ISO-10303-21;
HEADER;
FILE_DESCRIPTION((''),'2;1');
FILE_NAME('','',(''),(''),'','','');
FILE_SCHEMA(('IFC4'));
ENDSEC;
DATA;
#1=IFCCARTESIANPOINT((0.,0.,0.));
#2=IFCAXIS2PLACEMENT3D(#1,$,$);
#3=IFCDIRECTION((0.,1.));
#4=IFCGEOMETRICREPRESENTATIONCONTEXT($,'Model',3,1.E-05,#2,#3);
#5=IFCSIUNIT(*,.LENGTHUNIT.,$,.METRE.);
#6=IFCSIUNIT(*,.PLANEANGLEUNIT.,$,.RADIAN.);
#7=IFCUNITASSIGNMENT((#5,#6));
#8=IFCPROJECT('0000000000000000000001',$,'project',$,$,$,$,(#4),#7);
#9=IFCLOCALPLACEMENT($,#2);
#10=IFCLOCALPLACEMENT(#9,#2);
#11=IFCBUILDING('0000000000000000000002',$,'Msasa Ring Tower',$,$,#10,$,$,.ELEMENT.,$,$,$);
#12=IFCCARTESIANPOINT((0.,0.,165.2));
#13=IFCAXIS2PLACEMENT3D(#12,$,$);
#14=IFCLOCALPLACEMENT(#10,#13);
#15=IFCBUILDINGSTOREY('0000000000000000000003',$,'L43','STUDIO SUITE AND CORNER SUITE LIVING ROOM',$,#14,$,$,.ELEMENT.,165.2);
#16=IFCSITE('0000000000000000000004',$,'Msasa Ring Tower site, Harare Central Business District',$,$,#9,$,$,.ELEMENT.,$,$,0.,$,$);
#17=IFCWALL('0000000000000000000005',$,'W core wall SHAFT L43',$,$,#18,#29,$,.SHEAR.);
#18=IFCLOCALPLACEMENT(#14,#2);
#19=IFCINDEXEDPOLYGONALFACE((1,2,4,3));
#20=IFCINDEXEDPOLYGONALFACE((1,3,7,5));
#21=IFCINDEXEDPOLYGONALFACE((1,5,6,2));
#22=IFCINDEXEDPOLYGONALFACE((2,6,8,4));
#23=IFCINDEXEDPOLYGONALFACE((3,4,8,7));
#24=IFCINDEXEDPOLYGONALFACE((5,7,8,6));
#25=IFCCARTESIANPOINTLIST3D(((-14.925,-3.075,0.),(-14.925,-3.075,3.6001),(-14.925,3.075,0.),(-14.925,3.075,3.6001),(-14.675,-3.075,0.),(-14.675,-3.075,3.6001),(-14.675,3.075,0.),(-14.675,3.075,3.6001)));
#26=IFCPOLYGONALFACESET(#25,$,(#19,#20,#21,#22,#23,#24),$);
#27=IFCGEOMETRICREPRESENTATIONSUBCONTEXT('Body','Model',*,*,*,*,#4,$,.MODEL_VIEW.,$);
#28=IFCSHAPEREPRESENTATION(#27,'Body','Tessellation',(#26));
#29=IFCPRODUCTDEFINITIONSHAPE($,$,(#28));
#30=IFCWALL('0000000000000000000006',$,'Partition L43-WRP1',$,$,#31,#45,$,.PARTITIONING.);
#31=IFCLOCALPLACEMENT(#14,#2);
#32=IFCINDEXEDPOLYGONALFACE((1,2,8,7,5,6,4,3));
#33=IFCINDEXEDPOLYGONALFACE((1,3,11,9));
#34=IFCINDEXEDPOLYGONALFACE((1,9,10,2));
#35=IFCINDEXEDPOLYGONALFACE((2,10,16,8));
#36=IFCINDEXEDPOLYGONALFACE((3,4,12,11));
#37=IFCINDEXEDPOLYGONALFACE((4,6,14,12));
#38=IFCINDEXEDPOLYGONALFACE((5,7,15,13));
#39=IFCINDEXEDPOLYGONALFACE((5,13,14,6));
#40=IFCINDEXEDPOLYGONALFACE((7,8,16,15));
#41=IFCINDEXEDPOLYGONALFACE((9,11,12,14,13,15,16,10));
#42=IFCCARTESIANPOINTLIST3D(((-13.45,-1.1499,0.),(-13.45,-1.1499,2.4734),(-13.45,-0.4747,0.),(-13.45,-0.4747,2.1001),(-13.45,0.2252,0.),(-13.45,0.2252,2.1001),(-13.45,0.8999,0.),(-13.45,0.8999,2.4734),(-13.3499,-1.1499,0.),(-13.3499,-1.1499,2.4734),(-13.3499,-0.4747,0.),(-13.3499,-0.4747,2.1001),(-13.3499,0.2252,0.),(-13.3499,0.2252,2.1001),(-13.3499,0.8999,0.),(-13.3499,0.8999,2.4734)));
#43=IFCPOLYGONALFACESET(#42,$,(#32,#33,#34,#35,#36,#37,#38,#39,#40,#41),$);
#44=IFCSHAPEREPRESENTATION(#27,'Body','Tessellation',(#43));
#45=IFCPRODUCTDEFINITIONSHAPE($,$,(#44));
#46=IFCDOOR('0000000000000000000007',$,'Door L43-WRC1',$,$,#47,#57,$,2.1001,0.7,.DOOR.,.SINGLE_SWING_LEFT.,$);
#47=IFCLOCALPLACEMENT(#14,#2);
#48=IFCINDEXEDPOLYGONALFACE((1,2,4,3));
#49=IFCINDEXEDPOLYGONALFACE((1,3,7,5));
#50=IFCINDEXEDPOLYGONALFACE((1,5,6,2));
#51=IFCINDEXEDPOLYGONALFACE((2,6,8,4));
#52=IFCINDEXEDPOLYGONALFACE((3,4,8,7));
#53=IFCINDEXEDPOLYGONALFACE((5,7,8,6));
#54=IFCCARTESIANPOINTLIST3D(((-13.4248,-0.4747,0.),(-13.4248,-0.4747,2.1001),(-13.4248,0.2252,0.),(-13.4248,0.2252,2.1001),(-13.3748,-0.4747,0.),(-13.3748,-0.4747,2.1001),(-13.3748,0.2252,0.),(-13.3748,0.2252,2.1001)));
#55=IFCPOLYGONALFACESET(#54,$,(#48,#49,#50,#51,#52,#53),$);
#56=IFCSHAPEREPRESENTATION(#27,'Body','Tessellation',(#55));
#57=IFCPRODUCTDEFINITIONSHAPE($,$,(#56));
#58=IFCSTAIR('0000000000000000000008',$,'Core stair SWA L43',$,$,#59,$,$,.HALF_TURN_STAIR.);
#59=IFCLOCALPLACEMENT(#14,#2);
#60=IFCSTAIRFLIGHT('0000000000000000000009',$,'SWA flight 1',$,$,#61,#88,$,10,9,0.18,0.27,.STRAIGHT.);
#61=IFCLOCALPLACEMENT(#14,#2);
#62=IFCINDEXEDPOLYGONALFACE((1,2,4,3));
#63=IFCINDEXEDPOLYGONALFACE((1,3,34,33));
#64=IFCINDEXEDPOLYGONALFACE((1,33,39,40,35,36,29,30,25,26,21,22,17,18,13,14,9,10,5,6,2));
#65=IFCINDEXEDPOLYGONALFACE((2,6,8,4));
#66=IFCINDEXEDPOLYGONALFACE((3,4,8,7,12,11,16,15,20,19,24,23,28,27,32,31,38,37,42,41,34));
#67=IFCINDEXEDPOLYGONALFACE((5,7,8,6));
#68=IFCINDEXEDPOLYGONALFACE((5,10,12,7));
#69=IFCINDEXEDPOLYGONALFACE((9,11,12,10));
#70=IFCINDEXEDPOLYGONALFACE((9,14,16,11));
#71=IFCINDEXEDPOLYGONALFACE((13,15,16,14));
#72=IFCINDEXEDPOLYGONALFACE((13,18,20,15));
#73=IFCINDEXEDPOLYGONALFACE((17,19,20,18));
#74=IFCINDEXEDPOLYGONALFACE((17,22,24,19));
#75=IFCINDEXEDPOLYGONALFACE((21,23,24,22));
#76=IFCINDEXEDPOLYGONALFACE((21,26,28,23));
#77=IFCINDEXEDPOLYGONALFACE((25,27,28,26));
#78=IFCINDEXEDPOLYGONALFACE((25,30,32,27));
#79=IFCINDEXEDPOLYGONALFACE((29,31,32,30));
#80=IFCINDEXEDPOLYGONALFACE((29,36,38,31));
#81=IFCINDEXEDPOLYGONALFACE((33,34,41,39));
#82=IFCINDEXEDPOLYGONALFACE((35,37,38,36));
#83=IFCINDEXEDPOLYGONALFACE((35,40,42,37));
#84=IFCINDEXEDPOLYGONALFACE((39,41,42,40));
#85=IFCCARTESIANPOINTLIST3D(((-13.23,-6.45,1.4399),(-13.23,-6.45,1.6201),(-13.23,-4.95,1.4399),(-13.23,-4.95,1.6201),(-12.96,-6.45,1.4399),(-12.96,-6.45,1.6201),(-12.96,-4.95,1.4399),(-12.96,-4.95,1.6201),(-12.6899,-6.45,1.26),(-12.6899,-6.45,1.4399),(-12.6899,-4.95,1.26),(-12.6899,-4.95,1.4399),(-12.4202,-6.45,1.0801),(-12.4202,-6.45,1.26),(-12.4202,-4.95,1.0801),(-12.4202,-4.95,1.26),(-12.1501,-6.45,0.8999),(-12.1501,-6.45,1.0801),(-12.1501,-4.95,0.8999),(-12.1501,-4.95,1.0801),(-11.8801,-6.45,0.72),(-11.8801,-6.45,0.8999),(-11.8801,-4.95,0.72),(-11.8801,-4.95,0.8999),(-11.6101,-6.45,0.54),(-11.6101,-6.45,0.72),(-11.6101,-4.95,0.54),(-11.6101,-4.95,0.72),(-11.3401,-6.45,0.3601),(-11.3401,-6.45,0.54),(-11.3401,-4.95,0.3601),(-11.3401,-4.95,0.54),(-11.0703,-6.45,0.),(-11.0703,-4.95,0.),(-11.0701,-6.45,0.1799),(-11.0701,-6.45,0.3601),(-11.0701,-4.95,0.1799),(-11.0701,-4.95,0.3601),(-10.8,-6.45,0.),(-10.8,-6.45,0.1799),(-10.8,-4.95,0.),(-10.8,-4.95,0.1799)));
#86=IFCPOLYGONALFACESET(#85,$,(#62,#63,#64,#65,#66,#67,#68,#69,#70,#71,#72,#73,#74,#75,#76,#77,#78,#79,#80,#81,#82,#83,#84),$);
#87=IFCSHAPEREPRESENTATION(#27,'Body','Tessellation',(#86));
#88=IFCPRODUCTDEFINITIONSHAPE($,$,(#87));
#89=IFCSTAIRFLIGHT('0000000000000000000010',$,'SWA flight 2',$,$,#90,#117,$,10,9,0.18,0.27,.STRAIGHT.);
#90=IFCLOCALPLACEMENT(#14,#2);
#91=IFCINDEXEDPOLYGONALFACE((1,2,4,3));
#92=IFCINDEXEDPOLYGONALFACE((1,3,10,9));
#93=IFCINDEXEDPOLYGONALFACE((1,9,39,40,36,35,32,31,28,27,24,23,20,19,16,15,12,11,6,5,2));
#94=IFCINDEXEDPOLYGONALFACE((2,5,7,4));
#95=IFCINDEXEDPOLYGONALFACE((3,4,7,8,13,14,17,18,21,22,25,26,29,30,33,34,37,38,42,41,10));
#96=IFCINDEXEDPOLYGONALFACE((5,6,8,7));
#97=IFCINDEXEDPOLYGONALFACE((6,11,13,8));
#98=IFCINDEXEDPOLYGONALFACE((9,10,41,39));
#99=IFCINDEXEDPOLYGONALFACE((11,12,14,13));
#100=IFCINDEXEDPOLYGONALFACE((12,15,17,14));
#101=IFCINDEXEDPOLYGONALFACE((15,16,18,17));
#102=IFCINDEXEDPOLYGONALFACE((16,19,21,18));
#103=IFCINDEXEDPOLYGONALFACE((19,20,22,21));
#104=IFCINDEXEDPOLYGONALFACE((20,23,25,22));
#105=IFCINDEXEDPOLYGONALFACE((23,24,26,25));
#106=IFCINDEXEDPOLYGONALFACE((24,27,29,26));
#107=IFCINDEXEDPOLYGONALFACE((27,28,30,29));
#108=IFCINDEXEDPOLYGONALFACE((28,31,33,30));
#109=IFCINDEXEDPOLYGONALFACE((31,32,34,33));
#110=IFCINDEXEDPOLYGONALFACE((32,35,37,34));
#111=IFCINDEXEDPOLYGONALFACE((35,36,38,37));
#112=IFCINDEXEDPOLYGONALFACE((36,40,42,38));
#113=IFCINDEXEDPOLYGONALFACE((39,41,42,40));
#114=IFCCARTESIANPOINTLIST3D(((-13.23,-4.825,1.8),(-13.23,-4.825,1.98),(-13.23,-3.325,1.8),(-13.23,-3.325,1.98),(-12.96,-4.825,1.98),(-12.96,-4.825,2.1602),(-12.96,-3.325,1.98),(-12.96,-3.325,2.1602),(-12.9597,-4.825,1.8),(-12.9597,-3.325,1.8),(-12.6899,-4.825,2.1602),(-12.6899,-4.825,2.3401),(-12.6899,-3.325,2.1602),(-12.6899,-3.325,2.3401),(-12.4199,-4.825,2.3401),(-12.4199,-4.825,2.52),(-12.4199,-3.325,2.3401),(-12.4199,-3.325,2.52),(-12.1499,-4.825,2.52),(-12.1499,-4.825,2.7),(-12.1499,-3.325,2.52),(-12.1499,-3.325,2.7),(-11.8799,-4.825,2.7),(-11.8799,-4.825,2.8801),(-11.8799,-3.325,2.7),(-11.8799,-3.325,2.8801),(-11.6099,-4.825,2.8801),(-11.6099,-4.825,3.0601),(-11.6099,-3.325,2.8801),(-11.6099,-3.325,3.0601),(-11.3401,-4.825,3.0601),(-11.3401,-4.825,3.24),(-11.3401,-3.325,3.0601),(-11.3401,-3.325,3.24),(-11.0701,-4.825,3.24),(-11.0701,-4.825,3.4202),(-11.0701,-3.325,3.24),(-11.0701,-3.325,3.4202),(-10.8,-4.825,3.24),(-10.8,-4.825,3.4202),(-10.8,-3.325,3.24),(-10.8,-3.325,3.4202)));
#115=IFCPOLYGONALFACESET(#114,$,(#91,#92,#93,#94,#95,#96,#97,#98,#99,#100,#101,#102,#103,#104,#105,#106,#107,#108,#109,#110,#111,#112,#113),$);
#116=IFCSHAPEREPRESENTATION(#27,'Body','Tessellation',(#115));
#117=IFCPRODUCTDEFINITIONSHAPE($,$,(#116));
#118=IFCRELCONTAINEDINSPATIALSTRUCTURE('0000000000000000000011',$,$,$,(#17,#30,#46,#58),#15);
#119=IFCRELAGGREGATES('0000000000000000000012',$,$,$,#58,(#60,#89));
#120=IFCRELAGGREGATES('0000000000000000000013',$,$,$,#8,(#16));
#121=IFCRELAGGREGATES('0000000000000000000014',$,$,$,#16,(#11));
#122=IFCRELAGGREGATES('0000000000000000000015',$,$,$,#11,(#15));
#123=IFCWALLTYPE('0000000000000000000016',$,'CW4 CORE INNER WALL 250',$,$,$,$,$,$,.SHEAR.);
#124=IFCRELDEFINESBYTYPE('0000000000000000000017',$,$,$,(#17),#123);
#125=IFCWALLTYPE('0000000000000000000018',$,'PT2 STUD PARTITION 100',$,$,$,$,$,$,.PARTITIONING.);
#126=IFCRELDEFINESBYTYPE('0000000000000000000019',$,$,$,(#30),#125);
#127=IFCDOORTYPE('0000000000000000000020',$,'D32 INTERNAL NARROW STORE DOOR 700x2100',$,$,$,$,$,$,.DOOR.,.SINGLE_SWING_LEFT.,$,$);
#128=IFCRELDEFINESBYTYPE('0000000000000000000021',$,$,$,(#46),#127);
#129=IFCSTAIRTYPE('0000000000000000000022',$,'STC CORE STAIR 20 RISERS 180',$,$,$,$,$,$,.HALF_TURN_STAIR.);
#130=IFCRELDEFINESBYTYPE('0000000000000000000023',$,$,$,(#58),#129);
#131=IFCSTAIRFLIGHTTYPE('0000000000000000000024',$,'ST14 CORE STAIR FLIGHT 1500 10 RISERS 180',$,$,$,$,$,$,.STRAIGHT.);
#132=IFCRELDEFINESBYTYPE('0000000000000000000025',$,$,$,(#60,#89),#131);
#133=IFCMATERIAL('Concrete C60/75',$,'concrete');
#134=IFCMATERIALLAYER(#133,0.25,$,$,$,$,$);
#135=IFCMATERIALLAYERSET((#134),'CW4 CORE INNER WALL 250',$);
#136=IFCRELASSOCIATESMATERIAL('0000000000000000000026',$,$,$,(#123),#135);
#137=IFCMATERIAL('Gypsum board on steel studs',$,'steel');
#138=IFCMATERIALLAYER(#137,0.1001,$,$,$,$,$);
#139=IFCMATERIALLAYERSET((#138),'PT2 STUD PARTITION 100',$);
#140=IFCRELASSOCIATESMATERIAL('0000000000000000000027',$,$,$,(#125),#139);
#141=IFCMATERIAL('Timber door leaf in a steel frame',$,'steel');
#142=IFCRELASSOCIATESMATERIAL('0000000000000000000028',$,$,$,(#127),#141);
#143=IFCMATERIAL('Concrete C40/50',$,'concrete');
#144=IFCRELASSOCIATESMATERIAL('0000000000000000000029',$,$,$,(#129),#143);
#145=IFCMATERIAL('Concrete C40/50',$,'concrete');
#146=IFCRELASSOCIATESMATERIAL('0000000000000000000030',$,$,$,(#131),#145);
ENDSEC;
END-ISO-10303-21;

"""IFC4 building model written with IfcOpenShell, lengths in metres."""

from ifc_helpers import new_model, si_unit, direction, frame, frame_2d, origin, place, context, subcontext, project, spatial, polyline, rectangle, outline, extrude, material, layer, layer_set, type_object, element, fill, aggregate, save


model = new_model("IFC4")

# Units and contexts
model_context = context("Model", 3, precision=1e-05, world=origin(), true_north=direction((0.0, 1.0)))
body_context = subcontext(model_context, "Body", "Model", "MODEL_VIEW")
ifc_project = project(units=[si_unit("LENGTHUNIT", "METRE"), si_unit("PLANEANGLEUNIT", "RADIAN")], contexts=[model_context])

# Site, building, storey
site_placement = place(None, origin())
site = spatial("IfcSite", under=ifc_project, at=site_placement, Name="Msasa Ring Tower site, Harare Central Business District", CompositionType="ELEMENT", RefElevation=0.0)
building_placement = place(site_placement, origin())
building = spatial("IfcBuilding", under=site, at=building_placement, Name="Msasa Ring Tower", CompositionType="ELEMENT")
storey_placement = place(building_placement, frame((0.0, 0.0, 165.2)))
storey = spatial("IfcBuildingStorey", under=building, at=storey_placement, Name="L43", Description="STUDIO SUITE AND CORNER SUITE LIVING ROOM", CompositionType="ELEMENT", Elevation=165.2)

# Shared definitions
ifc_material_1 = material(Name="Concrete C60/75", Category="concrete")
ifc_layer_1 = layer(ifc_material_1, 0.25)
ifc_layer_set_1 = layer_set([ifc_layer_1], Name="CW4 CORE INNER WALL 250")
wall_type_1 = type_object("IfcWallType", Name="CW4 CORE INNER WALL 250", PredefinedType="SHEAR", material=ifc_layer_set_1)

# Wall
wall_1_placement = place(storey_placement, frame((-14.8, -3.075, 0.0), z_axis=(0.0, 0.0, 1.0), x_axis=(0.0, 1.0, 0.0)))
element("IfcWall", 1, at=wall_1_placement, inside=storey, type_object=wall_type_1, Name="W core wall SHAFT L43", PredefinedType="SHEAR", context=body_context, shape_type="SweptSolid", body=[
    extrude(rectangle(XDim=6.1499, YDim=0.25, at=frame_2d((3.075, 0.0))), origin(), (0.0, 0.0, 1.0), 3.6001),
])

# Wall, opening, door
ifc_material_2 = material(Name="Gypsum board on steel studs", Category="steel")
ifc_layer_2 = layer(ifc_material_2, 0.1001)
ifc_layer_set_2 = layer_set([ifc_layer_2], Name="PT2 STUD PARTITION 100")
wall_type_2 = type_object("IfcWallType", Name="PT2 STUD PARTITION 100", PredefinedType="PARTITIONING", material=ifc_layer_set_2)
wall_2_placement = place(storey_placement, frame((-13.3999, -1.1499, 0.0), z_axis=(0.0, 0.0, 1.0), x_axis=(0.0, 1.0, 0.0)))
wall_2 = element("IfcWall", 2, at=wall_2_placement, inside=storey, type_object=wall_type_2, Name="Partition L43-WRP1", PredefinedType="PARTITIONING", context=body_context, shape_type="SweptSolid", body=[
    extrude(rectangle(XDim=2.0498, YDim=0.1001, at=frame_2d((1.0249, 0.0))), origin(), (0.0, 0.0, 1.0), 2.4734),
])
opening_1_placement = place(wall_2_placement, frame((0.675, 0.0, 0.0)))
opening_1 = element("IfcOpeningElement", 3, at=opening_1_placement, cuts=wall_2, PredefinedType="OPENING", context=body_context, shape_type="SweptSolid", body=[
    extrude(rectangle(XDim=0.7, YDim=2.1001, at=frame_2d((0.3501, 1.05))), frame((0.0, 0.0601, 0.0), z_axis=(0.0, -1.0, 0.0), x_axis=(1.0, 0.0, 0.0)), (0.0, 0.0, 1.0), 0.1201),
])
ifc_material_3 = material(Name="Timber door leaf in a steel frame", Category="steel")
door_type_1 = type_object("IfcDoorType", Name="D32 INTERNAL NARROW STORE DOOR 700x2100", OperationType="SINGLE_SWING_LEFT", PredefinedType="DOOR", material=ifc_material_3)
door_1_placement = place(opening_1_placement, origin())
door_1 = element("IfcDoor", 4, at=door_1_placement, inside=storey, type_object=door_type_1, Name="Door L43-WRC1", OperationType="SINGLE_SWING_LEFT", OverallHeight=2.1001, OverallWidth=0.7, PredefinedType="DOOR", context=body_context, shape_type="SweptSolid", body=[
    extrude(rectangle(XDim=0.7, YDim=2.1001, at=frame_2d((0.3501, 1.05))), frame((0.0, 0.0249, 0.0), z_axis=(0.0, -1.0, 0.0), x_axis=(1.0, 0.0, 0.0)), (0.0, 0.0, 1.0), 0.05),
])
fill(opening_1, door_1)

# Stair, stair flights
ifc_material_4 = material(Name="Concrete C40/50", Category="concrete")
stair_type = type_object("IfcStairType", Name="STC CORE STAIR 20 RISERS 180", PredefinedType="HALF_TURN_STAIR", material=ifc_material_4)
stair_placement = place(storey_placement, origin())
stair = element("IfcStair", 5, at=stair_placement, inside=storey, type_object=stair_type, Name="Core stair SWA L43", PredefinedType="HALF_TURN_STAIR")
ifc_material_5 = material(Name="Concrete C40/50", Category="concrete")
stair_flight_type = type_object("IfcStairFlightType", Name="ST14 CORE STAIR FLIGHT 1500 10 RISERS 180", PredefinedType="STRAIGHT", material=ifc_material_5)
stair_flight_1_placement = place(storey_placement, frame((-10.8, -5.7, 0.0), z_axis=(0.0, 0.0, 1.0), x_axis=(-1.0, 0.0, 0.0)))
stair_flight_1 = element("IfcStairFlight", 6, at=stair_flight_1_placement, type_object=stair_flight_type, Name="SWA flight 1", NumberOfRisers=10, NumberOfTreads=9, PredefinedType="STRAIGHT", RiserHeight=0.18, TreadLength=0.27, context=body_context, shape_type="SweptSolid", body=[
    extrude(outline(polyline([(0.0, 0.0), (0.0, 0.1799), (0.27, 0.1799), (0.27, 0.3601), (0.54, 0.3601), (0.54, 0.54), (0.8101, 0.54), (0.8101, 0.72), (1.0801, 0.72), (1.0801, 0.8999), (1.3501, 0.8999), (1.3501, 1.0801), (1.6201, 1.0801), (1.6201, 1.26), (1.8899, 1.26), (1.8899, 1.4399), (2.1599, 1.4399), (2.1599, 1.6201), (2.4299, 1.6201), (2.4299, 1.8), (2.4299, 1.4399), (0.2703, 0.0), (0.0, 0.0)])), frame((0.0, 0.75, 0.0), z_axis=(0.0, -1.0, 0.0), x_axis=(1.0, 0.0, 0.0)), (0.0, 0.0, 1.0), 1.5),
])
stair_flight_2_placement = place(storey_placement, frame((-13.23, -4.075, 1.8), z_axis=(0.0, 0.0, 1.0), x_axis=(1.0, 0.0, 0.0)))
stair_flight_2 = element("IfcStairFlight", 7, at=stair_flight_2_placement, type_object=stair_flight_type, Name="SWA flight 2", NumberOfRisers=10, NumberOfTreads=9, PredefinedType="STRAIGHT", RiserHeight=0.18, TreadLength=0.27, context=body_context, shape_type="SweptSolid", body=[
    extrude(outline(polyline([(0.0, 0.0), (0.0, 0.1799), (0.27, 0.1799), (0.27, 0.3601), (0.54, 0.3601), (0.54, 0.54), (0.8101, 0.54), (0.8101, 0.72), (1.0801, 0.72), (1.0801, 0.8999), (1.3501, 0.8999), (1.3501, 1.0801), (1.6201, 1.0801), (1.6201, 1.26), (1.8899, 1.26), (1.8899, 1.4399), (2.1599, 1.4399), (2.1599, 1.6201), (2.4299, 1.6201), (2.4299, 1.8), (2.4299, 1.4399), (0.2703, 0.0), (0.0, 0.0)])), frame((0.0, 0.75, 0.0), z_axis=(0.0, -1.0, 0.0), x_axis=(1.0, 0.0, 0.0)), (0.0, 0.0, 1.0), 1.5),
])
aggregate(stair, [stair_flight_1, stair_flight_2])

save(model, "model.ifc")
